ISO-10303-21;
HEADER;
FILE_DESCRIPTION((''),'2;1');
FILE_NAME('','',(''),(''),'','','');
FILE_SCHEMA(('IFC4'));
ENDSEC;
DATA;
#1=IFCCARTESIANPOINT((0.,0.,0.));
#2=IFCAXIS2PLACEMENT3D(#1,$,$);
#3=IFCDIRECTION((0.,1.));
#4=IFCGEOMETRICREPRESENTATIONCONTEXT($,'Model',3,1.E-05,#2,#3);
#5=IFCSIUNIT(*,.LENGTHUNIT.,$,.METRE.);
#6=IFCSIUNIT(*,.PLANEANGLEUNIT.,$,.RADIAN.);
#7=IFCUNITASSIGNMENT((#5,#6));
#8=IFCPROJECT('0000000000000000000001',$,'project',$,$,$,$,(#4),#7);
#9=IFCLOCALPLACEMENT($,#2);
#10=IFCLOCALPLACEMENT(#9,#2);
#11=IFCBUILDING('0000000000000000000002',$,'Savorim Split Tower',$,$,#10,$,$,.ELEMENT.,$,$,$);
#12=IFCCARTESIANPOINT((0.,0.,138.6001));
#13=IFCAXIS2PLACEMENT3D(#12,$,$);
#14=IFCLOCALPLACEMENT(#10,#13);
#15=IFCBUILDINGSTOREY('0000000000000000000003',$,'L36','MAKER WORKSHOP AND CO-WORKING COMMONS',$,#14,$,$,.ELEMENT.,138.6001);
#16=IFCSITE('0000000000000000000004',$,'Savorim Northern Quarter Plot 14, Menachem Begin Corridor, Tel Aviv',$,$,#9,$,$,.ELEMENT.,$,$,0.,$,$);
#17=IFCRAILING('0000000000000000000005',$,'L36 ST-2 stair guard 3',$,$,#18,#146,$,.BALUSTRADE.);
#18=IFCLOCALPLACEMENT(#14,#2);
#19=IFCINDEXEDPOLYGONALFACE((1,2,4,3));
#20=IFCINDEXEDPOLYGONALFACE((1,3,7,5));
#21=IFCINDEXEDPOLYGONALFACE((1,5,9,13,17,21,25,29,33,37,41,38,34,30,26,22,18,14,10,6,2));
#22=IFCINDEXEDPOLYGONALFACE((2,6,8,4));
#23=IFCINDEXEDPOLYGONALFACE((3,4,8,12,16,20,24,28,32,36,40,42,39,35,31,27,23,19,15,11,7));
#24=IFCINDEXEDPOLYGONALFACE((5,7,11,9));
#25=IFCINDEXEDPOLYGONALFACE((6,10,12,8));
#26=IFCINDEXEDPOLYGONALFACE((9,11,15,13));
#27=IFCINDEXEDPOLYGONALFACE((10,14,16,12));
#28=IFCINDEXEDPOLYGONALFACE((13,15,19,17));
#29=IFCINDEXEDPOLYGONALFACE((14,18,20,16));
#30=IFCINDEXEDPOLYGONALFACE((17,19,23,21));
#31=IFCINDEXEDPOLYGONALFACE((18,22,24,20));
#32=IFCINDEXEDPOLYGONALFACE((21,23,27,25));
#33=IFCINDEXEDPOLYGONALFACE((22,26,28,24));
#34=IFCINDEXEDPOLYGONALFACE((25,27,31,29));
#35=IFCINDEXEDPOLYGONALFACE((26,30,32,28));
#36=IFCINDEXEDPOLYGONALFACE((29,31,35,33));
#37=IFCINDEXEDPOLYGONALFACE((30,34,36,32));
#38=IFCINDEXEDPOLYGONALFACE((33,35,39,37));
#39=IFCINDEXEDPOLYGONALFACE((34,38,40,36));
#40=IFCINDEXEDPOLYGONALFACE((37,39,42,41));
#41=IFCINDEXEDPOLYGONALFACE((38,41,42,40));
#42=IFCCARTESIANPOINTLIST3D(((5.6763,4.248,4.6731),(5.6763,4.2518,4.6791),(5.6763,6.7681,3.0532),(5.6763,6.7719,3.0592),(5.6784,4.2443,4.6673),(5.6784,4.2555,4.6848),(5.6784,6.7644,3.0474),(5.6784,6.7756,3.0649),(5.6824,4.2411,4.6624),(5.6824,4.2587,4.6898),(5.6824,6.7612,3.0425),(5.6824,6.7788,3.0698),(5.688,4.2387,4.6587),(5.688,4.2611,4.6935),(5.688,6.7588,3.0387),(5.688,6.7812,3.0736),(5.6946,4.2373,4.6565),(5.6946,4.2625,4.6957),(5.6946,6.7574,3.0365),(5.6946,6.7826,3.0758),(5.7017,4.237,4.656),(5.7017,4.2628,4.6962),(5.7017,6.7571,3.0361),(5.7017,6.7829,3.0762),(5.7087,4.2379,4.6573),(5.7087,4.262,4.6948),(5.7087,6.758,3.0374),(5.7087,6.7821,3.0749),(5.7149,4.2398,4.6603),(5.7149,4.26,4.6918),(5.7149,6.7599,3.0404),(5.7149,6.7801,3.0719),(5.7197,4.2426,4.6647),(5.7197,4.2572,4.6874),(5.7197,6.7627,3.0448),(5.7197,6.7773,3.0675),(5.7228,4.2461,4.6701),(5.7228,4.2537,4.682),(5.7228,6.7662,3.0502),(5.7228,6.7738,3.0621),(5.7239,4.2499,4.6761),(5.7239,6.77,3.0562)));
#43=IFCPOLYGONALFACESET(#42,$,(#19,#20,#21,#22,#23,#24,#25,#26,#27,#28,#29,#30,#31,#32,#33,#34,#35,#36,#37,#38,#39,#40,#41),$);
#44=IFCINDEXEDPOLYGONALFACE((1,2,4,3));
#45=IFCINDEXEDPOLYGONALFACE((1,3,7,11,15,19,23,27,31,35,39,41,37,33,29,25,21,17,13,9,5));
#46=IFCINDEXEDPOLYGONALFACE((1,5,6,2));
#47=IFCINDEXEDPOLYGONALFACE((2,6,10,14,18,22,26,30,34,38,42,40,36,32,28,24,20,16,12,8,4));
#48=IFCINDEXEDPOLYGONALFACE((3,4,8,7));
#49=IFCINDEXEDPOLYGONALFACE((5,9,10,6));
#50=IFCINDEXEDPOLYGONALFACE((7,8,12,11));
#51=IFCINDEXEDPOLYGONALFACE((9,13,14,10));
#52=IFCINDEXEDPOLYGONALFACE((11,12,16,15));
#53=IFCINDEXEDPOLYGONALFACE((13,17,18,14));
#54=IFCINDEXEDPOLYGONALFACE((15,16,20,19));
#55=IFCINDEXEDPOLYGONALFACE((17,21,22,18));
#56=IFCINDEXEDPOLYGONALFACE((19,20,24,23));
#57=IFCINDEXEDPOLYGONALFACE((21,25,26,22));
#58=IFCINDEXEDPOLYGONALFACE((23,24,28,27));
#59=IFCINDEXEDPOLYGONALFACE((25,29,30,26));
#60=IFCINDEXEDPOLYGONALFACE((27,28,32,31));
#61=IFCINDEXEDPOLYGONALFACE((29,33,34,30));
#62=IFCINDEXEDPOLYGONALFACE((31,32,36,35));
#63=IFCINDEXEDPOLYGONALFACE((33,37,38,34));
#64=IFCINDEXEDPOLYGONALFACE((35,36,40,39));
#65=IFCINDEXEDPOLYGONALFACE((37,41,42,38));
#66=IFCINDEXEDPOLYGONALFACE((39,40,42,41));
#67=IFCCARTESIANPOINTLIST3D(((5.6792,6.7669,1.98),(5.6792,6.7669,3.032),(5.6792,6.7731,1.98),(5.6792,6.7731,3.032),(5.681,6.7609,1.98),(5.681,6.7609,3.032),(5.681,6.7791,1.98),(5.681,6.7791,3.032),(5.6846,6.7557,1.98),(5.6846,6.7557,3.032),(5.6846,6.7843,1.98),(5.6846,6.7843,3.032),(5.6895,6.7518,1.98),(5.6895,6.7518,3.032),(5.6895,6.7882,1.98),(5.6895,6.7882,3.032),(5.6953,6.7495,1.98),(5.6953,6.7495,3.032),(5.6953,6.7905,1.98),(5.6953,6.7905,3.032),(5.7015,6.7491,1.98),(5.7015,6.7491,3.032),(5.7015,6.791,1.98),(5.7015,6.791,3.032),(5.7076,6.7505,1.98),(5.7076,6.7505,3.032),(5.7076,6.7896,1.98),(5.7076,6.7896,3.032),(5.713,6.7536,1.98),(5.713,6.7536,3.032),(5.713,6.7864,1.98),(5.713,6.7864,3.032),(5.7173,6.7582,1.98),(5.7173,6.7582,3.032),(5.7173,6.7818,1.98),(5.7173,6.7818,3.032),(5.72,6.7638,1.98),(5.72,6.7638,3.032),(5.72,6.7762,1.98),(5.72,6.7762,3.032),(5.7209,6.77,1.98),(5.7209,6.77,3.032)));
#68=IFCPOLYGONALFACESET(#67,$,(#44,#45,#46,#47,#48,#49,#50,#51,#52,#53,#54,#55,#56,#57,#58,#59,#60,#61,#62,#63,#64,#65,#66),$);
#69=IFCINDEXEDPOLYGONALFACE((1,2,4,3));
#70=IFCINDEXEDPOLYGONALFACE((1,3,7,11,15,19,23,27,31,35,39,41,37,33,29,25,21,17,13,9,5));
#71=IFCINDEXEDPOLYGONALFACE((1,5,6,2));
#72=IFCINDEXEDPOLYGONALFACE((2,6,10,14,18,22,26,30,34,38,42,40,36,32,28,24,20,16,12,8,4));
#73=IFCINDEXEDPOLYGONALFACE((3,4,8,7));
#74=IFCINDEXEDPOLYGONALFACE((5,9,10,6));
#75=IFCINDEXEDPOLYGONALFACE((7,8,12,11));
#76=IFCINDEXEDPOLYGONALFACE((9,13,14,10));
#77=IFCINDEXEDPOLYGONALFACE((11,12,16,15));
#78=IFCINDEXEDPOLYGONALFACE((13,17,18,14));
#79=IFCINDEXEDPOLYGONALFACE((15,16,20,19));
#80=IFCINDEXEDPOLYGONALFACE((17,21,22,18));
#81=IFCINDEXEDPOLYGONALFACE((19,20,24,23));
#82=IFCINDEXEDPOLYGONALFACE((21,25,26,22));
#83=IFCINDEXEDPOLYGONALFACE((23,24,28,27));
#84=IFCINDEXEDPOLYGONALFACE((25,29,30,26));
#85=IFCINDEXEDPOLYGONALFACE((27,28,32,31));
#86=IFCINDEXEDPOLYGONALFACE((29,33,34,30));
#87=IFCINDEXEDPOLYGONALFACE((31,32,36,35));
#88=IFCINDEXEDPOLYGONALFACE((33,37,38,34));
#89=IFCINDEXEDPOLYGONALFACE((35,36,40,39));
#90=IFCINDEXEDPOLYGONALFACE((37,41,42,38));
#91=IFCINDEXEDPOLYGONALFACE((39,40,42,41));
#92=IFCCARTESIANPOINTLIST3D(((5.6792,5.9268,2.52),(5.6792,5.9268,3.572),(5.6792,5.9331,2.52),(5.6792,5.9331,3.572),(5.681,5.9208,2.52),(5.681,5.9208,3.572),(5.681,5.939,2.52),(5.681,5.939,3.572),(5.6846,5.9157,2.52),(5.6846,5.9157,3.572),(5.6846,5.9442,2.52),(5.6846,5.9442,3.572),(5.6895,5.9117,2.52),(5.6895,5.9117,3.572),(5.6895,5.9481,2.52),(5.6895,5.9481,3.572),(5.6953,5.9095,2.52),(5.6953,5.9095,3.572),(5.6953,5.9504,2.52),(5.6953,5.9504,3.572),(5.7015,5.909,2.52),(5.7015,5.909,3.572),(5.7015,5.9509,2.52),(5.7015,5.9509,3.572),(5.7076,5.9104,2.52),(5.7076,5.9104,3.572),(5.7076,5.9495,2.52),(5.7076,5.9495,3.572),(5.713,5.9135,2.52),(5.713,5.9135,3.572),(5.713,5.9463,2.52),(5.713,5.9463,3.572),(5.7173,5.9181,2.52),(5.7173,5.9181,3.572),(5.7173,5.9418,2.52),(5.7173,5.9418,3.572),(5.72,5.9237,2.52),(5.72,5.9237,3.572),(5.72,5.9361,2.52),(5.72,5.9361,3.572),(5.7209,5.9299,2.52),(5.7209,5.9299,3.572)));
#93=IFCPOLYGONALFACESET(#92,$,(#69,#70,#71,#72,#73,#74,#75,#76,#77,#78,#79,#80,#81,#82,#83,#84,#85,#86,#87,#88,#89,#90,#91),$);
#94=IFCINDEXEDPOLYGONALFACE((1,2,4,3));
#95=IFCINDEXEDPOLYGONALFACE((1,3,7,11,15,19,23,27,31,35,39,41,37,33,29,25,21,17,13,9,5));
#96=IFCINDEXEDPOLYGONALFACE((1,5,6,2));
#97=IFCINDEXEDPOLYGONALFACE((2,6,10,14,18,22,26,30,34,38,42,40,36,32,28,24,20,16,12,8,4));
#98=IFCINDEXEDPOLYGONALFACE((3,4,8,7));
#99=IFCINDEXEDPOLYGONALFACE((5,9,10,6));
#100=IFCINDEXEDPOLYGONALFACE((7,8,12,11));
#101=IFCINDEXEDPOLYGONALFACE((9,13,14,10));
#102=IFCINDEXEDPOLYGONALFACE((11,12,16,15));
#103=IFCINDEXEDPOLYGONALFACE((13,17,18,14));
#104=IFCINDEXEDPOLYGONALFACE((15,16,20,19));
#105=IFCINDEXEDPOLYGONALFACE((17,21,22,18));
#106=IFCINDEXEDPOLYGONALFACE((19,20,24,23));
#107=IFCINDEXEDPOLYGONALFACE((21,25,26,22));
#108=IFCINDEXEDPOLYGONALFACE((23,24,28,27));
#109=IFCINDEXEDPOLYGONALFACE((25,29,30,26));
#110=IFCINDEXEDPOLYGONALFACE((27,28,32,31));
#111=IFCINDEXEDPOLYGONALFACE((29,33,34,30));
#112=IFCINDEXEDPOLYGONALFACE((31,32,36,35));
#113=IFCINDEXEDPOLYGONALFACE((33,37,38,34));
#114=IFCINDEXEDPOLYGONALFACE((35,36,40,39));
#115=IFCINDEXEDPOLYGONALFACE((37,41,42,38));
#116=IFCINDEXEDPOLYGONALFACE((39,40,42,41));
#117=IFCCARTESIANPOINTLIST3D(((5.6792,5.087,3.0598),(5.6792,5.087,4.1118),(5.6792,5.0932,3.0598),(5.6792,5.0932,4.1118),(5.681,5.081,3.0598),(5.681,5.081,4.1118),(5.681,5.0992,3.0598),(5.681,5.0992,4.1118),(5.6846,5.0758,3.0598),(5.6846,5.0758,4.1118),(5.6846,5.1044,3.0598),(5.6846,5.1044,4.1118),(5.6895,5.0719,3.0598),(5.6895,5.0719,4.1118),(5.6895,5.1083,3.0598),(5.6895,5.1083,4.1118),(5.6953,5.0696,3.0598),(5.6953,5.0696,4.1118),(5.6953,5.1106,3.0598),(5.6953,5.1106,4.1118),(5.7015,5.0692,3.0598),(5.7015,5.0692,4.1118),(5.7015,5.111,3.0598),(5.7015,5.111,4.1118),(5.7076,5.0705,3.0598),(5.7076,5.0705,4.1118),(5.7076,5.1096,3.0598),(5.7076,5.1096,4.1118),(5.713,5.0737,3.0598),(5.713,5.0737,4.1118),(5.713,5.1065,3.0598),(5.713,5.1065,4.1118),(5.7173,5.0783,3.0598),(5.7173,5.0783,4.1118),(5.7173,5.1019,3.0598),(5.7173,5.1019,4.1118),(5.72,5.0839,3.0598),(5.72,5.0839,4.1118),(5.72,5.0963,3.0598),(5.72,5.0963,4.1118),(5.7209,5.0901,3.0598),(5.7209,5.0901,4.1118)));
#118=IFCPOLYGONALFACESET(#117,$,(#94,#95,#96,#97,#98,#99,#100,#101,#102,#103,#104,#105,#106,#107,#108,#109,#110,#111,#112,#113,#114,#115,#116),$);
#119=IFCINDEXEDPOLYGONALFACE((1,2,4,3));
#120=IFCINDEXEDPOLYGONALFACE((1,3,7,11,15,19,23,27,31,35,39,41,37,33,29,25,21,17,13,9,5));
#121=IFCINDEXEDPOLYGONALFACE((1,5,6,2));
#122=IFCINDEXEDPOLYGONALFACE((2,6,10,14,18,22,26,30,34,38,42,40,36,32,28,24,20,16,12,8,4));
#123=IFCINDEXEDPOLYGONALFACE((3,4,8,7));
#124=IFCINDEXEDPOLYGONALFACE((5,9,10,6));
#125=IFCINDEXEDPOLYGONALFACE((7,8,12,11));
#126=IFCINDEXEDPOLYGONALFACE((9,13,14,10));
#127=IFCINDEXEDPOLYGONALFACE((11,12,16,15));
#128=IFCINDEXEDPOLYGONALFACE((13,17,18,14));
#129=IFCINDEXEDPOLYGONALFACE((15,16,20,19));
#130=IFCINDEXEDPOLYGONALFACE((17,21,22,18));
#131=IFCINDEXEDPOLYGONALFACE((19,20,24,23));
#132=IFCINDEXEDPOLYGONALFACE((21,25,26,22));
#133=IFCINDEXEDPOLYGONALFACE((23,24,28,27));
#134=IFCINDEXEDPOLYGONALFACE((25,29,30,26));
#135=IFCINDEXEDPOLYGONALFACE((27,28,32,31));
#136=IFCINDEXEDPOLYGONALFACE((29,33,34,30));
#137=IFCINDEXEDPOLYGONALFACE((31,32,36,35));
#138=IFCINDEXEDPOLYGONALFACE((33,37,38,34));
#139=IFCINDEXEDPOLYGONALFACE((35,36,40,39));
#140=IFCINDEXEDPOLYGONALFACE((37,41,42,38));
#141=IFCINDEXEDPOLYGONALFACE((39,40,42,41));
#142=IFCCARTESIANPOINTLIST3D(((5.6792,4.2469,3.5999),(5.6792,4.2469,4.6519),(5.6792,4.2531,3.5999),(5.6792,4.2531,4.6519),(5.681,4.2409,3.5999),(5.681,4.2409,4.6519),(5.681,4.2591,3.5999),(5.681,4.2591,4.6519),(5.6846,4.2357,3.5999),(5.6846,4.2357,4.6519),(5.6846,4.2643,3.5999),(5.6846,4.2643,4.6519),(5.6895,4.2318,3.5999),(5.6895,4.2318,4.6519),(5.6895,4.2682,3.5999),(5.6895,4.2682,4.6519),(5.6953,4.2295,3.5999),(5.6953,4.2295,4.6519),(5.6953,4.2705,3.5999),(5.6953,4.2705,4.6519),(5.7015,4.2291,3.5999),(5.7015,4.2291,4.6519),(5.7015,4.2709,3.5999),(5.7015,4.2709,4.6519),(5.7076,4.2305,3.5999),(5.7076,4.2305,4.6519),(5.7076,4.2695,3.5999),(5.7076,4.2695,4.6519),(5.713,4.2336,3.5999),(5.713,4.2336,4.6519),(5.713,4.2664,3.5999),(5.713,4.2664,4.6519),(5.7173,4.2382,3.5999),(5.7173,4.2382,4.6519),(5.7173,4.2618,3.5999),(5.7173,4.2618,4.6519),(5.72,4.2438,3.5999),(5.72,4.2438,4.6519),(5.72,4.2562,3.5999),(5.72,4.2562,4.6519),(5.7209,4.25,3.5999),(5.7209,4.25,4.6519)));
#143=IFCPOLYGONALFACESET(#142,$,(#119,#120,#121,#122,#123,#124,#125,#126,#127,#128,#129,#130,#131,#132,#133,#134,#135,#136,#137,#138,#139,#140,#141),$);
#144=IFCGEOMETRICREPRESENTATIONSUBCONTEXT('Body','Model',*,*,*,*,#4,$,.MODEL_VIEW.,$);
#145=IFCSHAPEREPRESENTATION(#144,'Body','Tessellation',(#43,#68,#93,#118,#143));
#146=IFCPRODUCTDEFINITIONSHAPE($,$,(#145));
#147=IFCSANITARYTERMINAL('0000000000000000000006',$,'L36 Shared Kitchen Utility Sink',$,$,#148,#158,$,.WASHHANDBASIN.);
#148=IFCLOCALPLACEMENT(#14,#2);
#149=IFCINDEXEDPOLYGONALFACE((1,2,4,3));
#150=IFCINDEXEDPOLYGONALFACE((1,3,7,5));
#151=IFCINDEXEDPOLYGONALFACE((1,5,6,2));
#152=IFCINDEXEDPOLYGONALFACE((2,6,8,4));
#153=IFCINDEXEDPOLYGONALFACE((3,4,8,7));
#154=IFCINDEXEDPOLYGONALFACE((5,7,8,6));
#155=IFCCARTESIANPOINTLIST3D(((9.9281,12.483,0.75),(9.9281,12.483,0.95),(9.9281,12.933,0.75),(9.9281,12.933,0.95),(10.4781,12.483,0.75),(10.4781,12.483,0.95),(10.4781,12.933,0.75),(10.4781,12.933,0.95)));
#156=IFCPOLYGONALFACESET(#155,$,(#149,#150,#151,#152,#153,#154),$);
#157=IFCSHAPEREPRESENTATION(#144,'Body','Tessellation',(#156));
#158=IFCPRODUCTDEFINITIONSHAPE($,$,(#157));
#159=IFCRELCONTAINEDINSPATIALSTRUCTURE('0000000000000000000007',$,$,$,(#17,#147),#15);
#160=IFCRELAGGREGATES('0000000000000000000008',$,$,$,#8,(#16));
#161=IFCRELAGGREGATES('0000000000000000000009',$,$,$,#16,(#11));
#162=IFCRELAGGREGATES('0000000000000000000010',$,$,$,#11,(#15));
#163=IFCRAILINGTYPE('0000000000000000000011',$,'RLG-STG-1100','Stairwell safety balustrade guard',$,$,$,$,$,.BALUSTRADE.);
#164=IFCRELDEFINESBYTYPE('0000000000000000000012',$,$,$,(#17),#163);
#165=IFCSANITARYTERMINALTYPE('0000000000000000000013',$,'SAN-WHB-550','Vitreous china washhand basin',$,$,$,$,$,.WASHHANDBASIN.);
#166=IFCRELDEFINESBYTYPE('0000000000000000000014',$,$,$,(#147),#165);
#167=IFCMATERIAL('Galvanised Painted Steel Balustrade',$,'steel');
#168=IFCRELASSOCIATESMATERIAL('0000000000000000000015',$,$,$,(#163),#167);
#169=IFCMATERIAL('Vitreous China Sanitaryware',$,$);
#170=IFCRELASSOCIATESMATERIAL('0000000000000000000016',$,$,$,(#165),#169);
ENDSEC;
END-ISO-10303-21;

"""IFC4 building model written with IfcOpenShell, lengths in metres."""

from ifc_helpers import new_model, si_unit, direction, frame, origin, origin_2d, place, context, subcontext, project, spatial, rectangle, circle, extrude, material, type_object, element, save


model = new_model("IFC4")

# Units and contexts
model_context = context("Model", 3, precision=1e-05, world=origin(), true_north=direction((0.0, 1.0)))
body_context = subcontext(model_context, "Body", "Model", "MODEL_VIEW")
ifc_project = project(units=[si_unit("LENGTHUNIT", "METRE"), si_unit("PLANEANGLEUNIT", "RADIAN")], contexts=[model_context])

# Site, building, storey
site_placement = place(None, origin())
site = spatial("IfcSite", under=ifc_project, at=site_placement, Name="Savorim Northern Quarter Plot 14, Menachem Begin Corridor, Tel Aviv", CompositionType="ELEMENT", RefElevation=0.0)
building_placement = place(site_placement, origin())
building = spatial("IfcBuilding", under=site, at=building_placement, Name="Savorim Split Tower", CompositionType="ELEMENT")
storey_placement = place(building_placement, frame((0.0, 0.0, 138.6001)))
storey = spatial("IfcBuildingStorey", under=building, at=storey_placement, Name="L36", Description="MAKER WORKSHOP AND CO-WORKING COMMONS", CompositionType="ELEMENT", Elevation=138.6001)

# Railing
ifc_material_1 = material(Name="Galvanised Painted Steel Balustrade", Category="steel")
railing_type = type_object("IfcRailingType", Name="RLG-STG-1100", Description="Stairwell safety balustrade guard", PredefinedType="BALUSTRADE", material=ifc_material_1)
railing_1_placement = place(storey_placement, frame((5.7, 6.77, 1.98)))
element("IfcRailing", 1, at=railing_1_placement, inside=storey, type_object=railing_type, Name="L36 ST-2 stair guard 3", PredefinedType="BALUSTRADE", context=body_context, shape_type="SweptSolid", body=[
    extrude(circle(Radius=0.0239, at=origin_2d()), frame((0.0, 0.0, 1.0762), z_axis=(0.0, -0.8412, 0.540725), x_axis=(1.0, 0.0, 0.0)), (0.0, 0.0, 1.0), 2.9958),
    extrude(circle(Radius=0.021, at=origin_2d()), origin(), (0.0, 0.0, 1.0), 1.052),
    extrude(circle(Radius=0.021, at=origin_2d()), frame((0.0, -0.8401, 0.54)), (0.0, 0.0, 1.0), 1.052),
    extrude(circle(Radius=0.021, at=origin_2d()), frame((0.0, -1.6799, 1.0798)), (0.0, 0.0, 1.0), 1.052),
    extrude(circle(Radius=0.021, at=origin_2d()), frame((0.0, -2.52, 1.6199)), (0.0, 0.0, 1.0), 1.052),
])

# Sanitary terminal
ifc_material_2 = material(Name="Vitreous China Sanitaryware")
sanitary_terminal_type = type_object("IfcSanitaryTerminalType", Name="SAN-WHB-550", Description="Vitreous china washhand basin", PredefinedType="WASHHANDBASIN", material=ifc_material_2)
sanitary_terminal_placement = place(storey_placement, frame((10.2031, 12.708, 0.75), z_axis=(0.0, 0.0, 1.0), x_axis=(1.0, 0.0, 0.0)))
element("IfcSanitaryTerminal", 2, at=sanitary_terminal_placement, inside=storey, type_object=sanitary_terminal_type, Name="L36 Shared Kitchen Utility Sink", PredefinedType="WASHHANDBASIN", context=body_context, shape_type="SweptSolid", body=[
    extrude(rectangle(XDim=0.55, YDim=0.45, at=origin_2d()), origin(), (0.0, 0.0, 1.0), 0.2),
])

save(model, "model.ifc")
